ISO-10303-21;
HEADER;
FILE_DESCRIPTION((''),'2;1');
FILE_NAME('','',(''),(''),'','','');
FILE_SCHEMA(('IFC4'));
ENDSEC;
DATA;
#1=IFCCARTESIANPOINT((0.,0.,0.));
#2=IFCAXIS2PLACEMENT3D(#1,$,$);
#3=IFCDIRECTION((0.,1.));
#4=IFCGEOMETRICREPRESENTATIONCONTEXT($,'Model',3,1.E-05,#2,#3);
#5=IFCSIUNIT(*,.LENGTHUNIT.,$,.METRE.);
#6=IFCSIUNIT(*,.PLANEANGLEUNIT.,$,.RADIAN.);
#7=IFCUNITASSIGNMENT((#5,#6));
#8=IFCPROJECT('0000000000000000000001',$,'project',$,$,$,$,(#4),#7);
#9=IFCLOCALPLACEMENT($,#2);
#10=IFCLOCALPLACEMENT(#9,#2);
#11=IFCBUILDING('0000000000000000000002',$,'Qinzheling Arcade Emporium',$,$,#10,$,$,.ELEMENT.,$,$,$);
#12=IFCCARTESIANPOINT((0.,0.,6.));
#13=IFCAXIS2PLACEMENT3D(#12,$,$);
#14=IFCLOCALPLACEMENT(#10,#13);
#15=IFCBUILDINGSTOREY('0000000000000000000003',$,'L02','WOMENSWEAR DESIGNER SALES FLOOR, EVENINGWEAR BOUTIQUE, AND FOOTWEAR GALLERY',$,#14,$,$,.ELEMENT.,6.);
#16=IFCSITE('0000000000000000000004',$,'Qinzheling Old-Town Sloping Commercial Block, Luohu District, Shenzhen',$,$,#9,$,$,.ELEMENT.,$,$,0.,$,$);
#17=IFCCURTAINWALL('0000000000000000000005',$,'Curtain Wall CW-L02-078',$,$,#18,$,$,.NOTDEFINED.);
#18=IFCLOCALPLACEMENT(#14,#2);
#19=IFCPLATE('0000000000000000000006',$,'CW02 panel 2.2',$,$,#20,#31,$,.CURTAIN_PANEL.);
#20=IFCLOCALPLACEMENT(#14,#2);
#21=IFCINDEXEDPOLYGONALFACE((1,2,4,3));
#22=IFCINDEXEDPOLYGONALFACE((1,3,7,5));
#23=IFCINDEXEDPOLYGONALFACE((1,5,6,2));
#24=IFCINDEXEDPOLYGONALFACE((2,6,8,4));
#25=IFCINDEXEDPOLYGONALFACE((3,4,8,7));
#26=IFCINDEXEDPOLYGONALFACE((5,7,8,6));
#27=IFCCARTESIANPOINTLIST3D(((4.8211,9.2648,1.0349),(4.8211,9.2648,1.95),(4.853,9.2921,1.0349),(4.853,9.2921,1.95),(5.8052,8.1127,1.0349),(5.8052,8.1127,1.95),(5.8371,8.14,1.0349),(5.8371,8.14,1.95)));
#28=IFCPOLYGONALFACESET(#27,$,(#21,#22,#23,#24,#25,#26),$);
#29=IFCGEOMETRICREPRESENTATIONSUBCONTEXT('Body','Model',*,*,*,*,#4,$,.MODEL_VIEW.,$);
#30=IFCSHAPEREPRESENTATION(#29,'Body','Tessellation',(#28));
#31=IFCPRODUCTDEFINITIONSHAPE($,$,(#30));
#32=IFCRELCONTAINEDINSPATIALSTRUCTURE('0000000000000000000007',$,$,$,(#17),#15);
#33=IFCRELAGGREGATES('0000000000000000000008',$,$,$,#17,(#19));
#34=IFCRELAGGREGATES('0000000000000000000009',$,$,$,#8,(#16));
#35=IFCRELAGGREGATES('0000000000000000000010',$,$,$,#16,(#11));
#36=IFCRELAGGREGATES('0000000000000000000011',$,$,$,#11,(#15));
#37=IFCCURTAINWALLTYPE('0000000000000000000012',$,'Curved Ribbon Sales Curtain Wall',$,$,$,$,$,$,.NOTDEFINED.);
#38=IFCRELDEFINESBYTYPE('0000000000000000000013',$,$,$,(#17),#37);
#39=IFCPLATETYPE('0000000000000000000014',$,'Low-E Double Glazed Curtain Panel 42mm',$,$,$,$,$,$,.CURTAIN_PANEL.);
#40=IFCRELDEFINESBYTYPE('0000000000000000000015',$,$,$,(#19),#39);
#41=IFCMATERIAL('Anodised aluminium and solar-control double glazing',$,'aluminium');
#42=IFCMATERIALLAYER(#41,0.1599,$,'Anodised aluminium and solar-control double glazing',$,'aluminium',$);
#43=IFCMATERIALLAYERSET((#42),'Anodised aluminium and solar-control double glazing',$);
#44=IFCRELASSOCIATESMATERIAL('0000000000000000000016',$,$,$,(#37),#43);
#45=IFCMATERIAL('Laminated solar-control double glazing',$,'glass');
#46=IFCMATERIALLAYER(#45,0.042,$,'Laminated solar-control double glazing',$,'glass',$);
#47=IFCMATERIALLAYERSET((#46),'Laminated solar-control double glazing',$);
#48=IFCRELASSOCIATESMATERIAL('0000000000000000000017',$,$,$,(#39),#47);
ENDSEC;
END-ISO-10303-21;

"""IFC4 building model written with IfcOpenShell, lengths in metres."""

from ifc_helpers import new_model, si_unit, direction, frame, origin, origin_2d, place, context, subcontext, project, spatial, rectangle, extrude, material, layer, layer_set, type_object, element, aggregate, save


model = new_model("IFC4")

# Units and contexts
model_context = context("Model", 3, precision=1e-05, world=origin(), true_north=direction((0.0, 1.0)))
body_context = subcontext(model_context, "Body", "Model", "MODEL_VIEW")
ifc_project = project(units=[si_unit("LENGTHUNIT", "METRE"), si_unit("PLANEANGLEUNIT", "RADIAN")], contexts=[model_context])

# Site, building, storey
site_placement = place(None, origin())
site = spatial("IfcSite", under=ifc_project, at=site_placement, Name="Qinzheling Old-Town Sloping Commercial Block, Luohu District, Shenzhen", CompositionType="ELEMENT", RefElevation=0.0)
building_placement = place(site_placement, origin())
building = spatial("IfcBuilding", under=site, at=building_placement, Name="Qinzheling Arcade Emporium", CompositionType="ELEMENT")
storey_placement = place(building_placement, frame((0.0, 0.0, 6.0)))
storey = spatial("IfcBuildingStorey", under=building, at=storey_placement, Name="L02", Description="WOMENSWEAR DESIGNER SALES FLOOR, EVENINGWEAR BOUTIQUE, AND FOOTWEAR GALLERY", CompositionType="ELEMENT", Elevation=6.0)

# Curtain wall
ifc_material_1 = material(Name="Anodised aluminium and solar-control double glazing", Category="aluminium")
ifc_layer_1 = layer(ifc_material_1, 0.1599, Name="Anodised aluminium and solar-control double glazing", Category="aluminium")
ifc_layer_set_1 = layer_set([ifc_layer_1], Name="Anodised aluminium and solar-control double glazing")
curtain_wall_type = type_object("IfcCurtainWallType", Name="Curved Ribbon Sales Curtain Wall", PredefinedType="NOTDEFINED", material=ifc_layer_set_1)
curtain_wall_1_placement = place(storey_placement, origin())
curtain_wall_1 = element("IfcCurtainWall", 1, at=curtain_wall_1_placement, inside=storey, type_object=curtain_wall_type, Name="Curtain Wall CW-L02-078", PredefinedType="NOTDEFINED")

# Plate
ifc_material_2 = material(Name="Laminated solar-control double glazing", Category="glass")
ifc_layer_2 = layer(ifc_material_2, 0.042, Name="Laminated solar-control double glazing", Category="glass")
ifc_layer_set_2 = layer_set([ifc_layer_2], Name="Laminated solar-control double glazing")
plate_type = type_object("IfcPlateType", Name="Low-E Double Glazed Curtain Panel 42mm", PredefinedType="CURTAIN_PANEL", material=ifc_layer_set_2)
plate_1_placement = place(storey_placement, frame((5.3291, 8.7024, 1.0349), z_axis=(0.0, 0.0, 1.0), x_axis=(-0.649482, 0.760377, 0.0)))
plate_1 = element("IfcPlate", 2, at=plate_1_placement, type_object=plate_type, Name="CW02 panel 2.2", PredefinedType="CURTAIN_PANEL", context=body_context, shape_type="SweptSolid", body=[
    extrude(rectangle(XDim=1.5151, YDim=0.042, at=origin_2d()), origin(), (0.0, 0.0, 1.0), 0.915),
])
aggregate(curtain_wall_1, [plate_1])

save(model, "model.ifc")
